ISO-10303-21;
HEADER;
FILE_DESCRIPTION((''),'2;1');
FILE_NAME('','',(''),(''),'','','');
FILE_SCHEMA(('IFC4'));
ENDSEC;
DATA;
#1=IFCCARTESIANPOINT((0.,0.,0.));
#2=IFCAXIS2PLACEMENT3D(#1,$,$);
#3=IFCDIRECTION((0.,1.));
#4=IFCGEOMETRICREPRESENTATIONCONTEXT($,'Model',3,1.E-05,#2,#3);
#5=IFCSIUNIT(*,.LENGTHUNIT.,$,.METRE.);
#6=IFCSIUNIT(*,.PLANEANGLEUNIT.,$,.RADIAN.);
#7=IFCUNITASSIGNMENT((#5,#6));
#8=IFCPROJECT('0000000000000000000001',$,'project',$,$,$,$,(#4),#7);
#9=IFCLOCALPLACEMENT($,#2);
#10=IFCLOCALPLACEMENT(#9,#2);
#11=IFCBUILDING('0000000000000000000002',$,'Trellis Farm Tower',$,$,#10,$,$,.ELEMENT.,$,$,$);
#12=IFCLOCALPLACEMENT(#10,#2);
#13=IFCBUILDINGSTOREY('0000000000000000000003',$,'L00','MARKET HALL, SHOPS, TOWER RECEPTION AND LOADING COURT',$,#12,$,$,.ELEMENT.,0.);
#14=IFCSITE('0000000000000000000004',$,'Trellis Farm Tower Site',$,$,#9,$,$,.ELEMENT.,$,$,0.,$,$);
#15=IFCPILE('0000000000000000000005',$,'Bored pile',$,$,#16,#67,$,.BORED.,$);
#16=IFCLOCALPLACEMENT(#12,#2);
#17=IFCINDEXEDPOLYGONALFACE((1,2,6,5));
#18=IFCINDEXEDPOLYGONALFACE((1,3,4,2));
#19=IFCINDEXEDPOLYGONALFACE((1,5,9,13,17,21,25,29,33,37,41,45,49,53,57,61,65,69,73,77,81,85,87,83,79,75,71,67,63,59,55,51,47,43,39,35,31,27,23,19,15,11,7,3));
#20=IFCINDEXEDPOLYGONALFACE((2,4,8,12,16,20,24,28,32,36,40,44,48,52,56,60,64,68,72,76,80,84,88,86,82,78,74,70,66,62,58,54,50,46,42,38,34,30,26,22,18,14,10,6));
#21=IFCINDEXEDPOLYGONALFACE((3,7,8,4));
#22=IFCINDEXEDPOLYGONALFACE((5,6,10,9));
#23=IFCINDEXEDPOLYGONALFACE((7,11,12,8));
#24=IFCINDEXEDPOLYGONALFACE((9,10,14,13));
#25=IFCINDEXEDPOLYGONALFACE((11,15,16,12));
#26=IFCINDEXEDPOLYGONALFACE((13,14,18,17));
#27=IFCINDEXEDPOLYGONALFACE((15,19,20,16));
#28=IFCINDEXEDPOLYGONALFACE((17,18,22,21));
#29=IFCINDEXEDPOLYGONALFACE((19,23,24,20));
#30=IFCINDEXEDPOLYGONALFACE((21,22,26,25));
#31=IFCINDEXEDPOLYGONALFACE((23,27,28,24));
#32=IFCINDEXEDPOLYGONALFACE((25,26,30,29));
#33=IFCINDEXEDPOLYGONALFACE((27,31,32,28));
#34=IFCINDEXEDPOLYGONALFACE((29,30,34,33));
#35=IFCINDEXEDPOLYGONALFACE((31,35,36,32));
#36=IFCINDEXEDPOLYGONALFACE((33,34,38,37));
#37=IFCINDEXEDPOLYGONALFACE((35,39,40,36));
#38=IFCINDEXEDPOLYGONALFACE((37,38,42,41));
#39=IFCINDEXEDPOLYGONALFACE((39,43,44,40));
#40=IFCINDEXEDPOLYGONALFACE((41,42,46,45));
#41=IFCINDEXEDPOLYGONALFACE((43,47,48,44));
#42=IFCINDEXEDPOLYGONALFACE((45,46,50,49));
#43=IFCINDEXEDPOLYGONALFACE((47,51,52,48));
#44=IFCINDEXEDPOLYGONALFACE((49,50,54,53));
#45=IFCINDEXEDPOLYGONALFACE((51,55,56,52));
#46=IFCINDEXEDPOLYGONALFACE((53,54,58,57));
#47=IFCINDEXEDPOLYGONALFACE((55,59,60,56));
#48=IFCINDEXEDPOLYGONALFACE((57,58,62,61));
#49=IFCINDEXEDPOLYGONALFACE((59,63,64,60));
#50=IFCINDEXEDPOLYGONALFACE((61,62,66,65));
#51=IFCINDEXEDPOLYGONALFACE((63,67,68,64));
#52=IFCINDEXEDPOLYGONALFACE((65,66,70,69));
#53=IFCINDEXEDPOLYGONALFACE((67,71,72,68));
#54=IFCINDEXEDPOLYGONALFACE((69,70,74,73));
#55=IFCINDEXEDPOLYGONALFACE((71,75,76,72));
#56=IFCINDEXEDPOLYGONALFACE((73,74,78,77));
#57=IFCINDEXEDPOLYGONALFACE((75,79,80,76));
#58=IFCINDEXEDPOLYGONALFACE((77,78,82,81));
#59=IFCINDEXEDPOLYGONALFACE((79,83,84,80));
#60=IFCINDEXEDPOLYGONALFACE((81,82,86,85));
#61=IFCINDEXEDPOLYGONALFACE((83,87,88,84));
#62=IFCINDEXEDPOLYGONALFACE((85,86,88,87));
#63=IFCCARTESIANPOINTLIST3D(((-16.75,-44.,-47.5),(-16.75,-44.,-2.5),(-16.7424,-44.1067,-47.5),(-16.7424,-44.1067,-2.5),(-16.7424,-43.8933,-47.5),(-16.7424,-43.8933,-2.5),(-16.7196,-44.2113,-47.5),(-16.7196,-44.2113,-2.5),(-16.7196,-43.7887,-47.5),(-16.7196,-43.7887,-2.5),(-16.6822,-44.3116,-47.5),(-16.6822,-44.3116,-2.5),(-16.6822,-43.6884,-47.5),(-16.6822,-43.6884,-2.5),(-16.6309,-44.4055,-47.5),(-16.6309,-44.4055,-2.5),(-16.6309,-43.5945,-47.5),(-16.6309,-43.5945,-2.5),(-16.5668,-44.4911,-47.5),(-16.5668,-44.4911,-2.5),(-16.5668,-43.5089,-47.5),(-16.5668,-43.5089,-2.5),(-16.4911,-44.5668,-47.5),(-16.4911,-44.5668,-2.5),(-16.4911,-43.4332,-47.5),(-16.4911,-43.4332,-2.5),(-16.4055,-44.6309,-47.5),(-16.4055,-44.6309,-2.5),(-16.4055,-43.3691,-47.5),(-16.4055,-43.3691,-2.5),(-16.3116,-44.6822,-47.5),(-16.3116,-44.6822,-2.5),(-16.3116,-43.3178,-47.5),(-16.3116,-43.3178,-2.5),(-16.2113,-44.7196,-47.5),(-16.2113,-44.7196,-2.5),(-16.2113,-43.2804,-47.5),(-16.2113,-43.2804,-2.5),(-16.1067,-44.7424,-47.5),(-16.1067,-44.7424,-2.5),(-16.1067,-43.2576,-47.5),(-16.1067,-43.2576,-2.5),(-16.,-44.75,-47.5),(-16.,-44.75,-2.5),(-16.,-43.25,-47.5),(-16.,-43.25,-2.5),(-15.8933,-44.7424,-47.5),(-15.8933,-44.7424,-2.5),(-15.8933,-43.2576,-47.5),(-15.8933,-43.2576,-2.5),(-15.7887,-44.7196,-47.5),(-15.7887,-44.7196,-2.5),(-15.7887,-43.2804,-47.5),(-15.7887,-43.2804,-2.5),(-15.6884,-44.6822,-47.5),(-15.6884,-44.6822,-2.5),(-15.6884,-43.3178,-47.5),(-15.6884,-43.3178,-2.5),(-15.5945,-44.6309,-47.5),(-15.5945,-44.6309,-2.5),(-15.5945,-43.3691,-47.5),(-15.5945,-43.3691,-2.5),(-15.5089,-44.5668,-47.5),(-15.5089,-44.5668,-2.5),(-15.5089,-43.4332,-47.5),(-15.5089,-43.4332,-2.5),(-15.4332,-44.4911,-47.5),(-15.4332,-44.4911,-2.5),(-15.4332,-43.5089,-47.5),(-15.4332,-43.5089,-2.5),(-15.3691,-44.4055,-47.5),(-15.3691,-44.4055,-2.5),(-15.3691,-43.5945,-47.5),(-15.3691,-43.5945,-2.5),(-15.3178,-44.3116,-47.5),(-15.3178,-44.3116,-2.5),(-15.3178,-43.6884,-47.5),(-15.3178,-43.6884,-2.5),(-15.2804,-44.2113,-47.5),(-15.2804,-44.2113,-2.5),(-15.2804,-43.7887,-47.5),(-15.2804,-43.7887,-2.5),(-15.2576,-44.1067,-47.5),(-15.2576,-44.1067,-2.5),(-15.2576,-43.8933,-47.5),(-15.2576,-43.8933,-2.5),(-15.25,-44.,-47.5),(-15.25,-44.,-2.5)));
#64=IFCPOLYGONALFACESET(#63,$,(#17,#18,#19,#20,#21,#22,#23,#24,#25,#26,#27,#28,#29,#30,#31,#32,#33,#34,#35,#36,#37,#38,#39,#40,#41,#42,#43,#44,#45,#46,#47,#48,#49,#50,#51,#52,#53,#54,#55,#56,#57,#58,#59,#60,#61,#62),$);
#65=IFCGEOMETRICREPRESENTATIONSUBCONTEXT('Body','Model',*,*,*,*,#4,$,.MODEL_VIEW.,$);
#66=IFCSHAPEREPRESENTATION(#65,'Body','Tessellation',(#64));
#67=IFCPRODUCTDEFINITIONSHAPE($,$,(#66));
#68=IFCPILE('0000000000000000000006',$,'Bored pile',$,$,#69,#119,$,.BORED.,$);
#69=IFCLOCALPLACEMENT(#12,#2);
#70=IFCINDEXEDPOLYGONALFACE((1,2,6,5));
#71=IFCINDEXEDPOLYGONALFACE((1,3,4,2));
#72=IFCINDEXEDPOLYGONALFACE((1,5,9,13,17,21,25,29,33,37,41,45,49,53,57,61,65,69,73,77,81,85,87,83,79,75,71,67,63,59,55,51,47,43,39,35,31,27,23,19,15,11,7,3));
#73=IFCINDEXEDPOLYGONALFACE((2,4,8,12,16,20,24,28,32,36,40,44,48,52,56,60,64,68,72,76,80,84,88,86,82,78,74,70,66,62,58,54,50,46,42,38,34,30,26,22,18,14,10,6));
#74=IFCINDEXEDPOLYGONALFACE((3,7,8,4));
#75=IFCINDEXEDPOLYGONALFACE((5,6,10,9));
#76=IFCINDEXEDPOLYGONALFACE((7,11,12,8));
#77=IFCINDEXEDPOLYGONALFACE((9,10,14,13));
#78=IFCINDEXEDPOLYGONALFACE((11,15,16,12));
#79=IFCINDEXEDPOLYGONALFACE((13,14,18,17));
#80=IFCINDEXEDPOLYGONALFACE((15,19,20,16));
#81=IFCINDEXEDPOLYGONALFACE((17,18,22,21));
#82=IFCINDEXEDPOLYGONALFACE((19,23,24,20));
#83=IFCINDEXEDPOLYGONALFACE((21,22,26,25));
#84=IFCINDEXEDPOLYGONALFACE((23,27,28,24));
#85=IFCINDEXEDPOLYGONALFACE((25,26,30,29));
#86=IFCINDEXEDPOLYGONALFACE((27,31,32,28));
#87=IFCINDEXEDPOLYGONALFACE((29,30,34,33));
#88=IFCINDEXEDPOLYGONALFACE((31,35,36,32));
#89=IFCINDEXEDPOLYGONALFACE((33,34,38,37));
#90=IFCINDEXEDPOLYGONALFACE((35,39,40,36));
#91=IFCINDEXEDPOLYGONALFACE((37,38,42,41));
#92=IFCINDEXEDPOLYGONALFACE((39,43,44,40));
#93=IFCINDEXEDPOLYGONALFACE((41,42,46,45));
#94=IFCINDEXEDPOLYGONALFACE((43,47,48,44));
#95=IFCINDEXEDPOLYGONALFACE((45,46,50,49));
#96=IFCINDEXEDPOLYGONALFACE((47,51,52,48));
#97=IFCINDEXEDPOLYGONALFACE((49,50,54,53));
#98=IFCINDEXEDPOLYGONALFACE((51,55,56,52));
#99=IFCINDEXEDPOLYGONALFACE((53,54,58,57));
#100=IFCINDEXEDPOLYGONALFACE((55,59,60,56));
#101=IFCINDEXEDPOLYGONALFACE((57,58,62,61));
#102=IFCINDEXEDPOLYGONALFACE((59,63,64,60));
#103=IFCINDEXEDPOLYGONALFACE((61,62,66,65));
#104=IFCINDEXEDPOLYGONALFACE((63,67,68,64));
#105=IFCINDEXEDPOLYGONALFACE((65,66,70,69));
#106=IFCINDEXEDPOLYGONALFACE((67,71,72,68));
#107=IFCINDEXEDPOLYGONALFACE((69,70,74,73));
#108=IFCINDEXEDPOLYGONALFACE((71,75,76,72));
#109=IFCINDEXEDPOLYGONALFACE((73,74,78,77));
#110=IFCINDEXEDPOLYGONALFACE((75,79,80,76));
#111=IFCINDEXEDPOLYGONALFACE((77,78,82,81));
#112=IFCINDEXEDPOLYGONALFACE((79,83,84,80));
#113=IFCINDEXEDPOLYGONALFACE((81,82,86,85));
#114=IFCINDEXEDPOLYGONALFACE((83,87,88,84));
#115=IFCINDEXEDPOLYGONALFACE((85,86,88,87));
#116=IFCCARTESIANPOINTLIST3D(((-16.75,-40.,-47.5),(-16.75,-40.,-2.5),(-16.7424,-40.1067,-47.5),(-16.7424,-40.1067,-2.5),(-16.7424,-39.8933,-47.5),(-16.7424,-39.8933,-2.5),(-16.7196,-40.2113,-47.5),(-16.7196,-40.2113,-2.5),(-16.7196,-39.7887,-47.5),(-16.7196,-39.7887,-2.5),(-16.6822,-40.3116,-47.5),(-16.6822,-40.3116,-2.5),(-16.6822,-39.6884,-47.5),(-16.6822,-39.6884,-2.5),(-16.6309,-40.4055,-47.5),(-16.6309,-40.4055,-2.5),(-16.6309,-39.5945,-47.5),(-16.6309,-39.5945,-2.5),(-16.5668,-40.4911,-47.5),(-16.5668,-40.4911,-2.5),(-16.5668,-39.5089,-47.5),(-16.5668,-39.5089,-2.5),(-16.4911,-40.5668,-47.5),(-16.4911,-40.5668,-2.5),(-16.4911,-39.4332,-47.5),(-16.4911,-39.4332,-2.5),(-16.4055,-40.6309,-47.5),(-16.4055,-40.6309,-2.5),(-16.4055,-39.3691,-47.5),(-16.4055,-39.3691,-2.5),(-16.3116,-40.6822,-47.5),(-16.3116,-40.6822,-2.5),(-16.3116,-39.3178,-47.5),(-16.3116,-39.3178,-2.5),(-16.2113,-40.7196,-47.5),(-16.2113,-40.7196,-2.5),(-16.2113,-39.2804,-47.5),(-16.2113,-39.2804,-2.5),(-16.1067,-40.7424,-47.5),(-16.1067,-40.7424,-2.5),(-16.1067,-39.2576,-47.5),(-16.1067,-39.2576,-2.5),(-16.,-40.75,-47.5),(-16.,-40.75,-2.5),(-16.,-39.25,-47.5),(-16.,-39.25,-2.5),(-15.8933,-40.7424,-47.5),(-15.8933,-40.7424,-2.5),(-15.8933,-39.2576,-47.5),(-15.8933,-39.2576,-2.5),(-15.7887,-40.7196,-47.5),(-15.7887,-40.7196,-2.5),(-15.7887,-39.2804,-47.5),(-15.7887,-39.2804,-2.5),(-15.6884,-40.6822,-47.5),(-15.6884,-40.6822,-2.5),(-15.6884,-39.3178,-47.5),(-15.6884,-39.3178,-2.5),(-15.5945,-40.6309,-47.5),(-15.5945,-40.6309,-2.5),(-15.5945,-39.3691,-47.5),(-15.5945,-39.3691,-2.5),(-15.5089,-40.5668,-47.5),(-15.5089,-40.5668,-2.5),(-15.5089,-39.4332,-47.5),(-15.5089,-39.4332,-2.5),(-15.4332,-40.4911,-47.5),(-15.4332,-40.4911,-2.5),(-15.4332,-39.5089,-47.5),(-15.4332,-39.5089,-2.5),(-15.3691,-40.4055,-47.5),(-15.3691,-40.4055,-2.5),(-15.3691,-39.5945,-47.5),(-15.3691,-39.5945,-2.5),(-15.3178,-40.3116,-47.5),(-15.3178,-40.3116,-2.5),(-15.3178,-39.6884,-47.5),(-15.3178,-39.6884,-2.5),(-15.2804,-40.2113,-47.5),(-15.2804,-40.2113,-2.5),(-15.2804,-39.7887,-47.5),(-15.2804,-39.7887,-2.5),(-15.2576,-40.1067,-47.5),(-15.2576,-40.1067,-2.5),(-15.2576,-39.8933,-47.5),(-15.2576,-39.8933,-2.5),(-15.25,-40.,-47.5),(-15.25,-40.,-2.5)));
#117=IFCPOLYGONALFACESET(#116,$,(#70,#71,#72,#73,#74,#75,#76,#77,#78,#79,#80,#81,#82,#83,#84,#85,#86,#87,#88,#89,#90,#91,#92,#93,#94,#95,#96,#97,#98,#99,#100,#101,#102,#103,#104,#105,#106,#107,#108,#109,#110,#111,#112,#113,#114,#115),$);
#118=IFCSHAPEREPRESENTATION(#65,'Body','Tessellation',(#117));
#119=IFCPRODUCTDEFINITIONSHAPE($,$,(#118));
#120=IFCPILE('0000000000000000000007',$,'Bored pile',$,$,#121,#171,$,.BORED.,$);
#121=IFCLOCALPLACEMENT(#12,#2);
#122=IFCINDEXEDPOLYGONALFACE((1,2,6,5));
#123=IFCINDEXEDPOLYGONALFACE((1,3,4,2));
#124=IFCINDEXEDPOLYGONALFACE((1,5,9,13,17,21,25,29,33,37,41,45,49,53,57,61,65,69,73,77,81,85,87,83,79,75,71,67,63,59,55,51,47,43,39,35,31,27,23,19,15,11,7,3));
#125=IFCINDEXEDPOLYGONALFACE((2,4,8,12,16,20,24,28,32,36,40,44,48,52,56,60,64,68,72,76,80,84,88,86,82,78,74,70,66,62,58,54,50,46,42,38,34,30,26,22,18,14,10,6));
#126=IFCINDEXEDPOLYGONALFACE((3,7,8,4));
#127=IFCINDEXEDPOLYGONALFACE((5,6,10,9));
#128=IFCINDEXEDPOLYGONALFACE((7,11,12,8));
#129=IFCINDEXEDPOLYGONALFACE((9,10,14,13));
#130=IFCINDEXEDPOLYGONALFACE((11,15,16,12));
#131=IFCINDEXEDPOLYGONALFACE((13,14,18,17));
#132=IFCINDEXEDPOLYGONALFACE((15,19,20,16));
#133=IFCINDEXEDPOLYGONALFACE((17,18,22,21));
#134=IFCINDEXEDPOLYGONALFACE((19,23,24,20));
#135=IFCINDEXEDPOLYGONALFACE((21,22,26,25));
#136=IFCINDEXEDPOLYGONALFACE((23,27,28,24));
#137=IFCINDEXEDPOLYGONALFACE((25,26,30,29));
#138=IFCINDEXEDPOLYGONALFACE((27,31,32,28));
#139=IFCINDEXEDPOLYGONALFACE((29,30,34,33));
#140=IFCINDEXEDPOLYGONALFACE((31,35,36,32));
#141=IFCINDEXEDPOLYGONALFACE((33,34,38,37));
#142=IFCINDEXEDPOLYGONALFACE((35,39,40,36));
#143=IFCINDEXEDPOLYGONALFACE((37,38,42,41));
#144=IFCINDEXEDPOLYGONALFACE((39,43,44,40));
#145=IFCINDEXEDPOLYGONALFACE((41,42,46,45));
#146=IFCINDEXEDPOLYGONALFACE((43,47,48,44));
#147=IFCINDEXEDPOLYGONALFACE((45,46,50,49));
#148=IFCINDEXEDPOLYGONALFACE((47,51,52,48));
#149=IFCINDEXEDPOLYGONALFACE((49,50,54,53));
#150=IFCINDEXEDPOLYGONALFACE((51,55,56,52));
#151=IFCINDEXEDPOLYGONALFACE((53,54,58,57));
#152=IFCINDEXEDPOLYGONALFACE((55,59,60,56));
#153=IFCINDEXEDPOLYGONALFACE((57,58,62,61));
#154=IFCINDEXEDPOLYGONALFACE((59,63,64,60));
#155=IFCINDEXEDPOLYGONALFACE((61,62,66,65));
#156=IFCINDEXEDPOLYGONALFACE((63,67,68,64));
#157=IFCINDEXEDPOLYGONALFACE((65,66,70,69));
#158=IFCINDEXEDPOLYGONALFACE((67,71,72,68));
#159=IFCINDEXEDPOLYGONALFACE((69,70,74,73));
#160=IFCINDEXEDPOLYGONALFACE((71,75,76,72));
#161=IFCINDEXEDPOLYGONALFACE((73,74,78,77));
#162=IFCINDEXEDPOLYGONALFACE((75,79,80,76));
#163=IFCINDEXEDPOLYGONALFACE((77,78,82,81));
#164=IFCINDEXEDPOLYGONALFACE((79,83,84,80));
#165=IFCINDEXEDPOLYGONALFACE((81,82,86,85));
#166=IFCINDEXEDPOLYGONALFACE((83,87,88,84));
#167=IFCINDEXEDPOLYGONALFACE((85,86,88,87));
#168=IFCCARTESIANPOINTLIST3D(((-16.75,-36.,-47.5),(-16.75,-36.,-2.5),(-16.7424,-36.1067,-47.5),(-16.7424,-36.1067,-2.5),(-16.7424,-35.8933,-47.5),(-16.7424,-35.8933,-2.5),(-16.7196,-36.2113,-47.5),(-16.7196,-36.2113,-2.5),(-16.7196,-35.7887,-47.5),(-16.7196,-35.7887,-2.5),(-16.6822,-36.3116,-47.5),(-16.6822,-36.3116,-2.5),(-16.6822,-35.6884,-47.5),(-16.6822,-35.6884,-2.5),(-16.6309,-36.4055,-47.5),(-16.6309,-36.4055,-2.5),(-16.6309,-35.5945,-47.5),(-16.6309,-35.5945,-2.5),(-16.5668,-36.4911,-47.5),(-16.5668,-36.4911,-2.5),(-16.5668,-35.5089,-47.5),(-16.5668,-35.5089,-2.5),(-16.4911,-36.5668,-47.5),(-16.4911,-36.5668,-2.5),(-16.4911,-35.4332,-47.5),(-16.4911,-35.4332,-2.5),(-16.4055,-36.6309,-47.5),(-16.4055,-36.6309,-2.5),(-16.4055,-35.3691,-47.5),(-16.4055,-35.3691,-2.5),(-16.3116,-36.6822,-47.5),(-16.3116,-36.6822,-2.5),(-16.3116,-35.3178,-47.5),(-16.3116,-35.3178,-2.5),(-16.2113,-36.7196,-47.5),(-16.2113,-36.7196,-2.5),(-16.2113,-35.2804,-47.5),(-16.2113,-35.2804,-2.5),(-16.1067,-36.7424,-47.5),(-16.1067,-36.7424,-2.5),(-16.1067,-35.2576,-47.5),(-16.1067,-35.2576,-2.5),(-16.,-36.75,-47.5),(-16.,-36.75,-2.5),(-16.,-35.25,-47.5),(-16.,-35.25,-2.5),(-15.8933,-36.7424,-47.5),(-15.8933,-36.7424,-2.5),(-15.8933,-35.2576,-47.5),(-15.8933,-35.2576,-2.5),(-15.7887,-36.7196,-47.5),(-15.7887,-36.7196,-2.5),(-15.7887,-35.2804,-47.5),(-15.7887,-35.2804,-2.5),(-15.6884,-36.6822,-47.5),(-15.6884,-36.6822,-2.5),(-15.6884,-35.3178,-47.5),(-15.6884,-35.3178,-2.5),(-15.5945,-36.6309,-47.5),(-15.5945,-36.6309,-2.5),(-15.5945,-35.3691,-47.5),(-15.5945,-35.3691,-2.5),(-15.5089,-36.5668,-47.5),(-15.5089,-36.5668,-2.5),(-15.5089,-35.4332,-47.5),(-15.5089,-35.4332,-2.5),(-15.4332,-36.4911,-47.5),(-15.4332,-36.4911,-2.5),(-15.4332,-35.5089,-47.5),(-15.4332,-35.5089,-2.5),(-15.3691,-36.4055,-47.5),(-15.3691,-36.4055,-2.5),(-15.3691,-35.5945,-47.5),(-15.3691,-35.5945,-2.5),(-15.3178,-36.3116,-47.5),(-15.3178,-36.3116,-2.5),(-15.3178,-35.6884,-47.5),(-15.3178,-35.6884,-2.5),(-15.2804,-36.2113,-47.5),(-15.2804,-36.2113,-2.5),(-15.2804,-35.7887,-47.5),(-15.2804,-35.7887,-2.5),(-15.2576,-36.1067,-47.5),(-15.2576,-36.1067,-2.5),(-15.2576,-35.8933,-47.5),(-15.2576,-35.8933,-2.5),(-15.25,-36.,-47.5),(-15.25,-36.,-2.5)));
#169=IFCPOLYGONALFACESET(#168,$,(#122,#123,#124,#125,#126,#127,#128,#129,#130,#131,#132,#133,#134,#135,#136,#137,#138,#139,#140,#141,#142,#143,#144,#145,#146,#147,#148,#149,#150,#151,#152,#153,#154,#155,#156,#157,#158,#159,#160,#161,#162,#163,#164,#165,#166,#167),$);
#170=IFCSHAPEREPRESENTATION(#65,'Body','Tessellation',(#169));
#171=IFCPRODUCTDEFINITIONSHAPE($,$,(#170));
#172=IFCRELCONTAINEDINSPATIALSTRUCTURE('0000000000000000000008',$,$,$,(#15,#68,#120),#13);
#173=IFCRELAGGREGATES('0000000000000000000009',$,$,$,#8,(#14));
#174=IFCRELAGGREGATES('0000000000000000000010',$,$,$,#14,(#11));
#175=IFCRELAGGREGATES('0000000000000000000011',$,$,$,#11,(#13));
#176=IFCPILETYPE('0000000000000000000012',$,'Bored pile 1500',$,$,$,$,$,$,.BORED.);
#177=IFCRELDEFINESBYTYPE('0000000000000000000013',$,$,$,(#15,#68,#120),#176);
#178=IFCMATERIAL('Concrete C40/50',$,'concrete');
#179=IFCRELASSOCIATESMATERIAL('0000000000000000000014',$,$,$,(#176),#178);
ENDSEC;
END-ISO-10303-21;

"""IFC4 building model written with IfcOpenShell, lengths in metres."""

from ifc_helpers import new_model, si_unit, direction, frame, origin, origin_2d, place, context, subcontext, project, spatial, circle, extrude, source, transform, mapped, material, material_profile, profile_set, type_object, element, save


model = new_model("IFC4")

# Units and contexts
model_context = context("Model", 3, precision=1e-05, world=origin(), true_north=direction((0.0, 1.0)))
body_context = subcontext(model_context, "Body", "Model", "MODEL_VIEW")
ifc_project = project(units=[si_unit("LENGTHUNIT", "METRE"), si_unit("PLANEANGLEUNIT", "RADIAN")], contexts=[model_context])

# Site, building, storey
site_placement = place(None, origin())
site = spatial("IfcSite", under=ifc_project, at=site_placement, Name="Trellis Farm Tower Site", CompositionType="ELEMENT", RefElevation=0.0)
building_placement = place(site_placement, origin())
building = spatial("IfcBuilding", under=site, at=building_placement, Name="Trellis Farm Tower", CompositionType="ELEMENT")
storey_placement = place(building_placement, origin())
storey = spatial("IfcBuildingStorey", under=building, at=storey_placement, Name="L00", Description="MARKET HALL, SHOPS, TOWER RECEPTION AND LOADING COURT", CompositionType="ELEMENT", Elevation=0.0)

# Piles
ifc_material_1 = material(Name="Concrete C40/50", Category="concrete")
ifc_material_profile_1 = material_profile(ifc_material_1, circle(Radius=0.75, at=origin_2d()), Name="Bored pile 1500")
ifc_profile_set_1 = profile_set([ifc_material_profile_1], Name="Concrete C40/50")
pile_type = type_object("IfcPileType", Name="Bored pile 1500", PredefinedType="BORED", material=ifc_profile_set_1)
shared_shape_1 = source(origin(), body_context, "Body", "SweptSolid", [
    extrude(circle(Radius=0.75, at=origin_2d()), origin(), (0.0, 0.0, 1.0), 45.0),
])
for number, where, z_axis, x_axis, name in (
    (1, (-16.0, -44.0, -2.5), (0.0, 0.0, -1.0), (1.0, 0.0, 0.0), "Bored pile"),
    (2, (-16.0, -40.0, -2.5), (0.0, 0.0, -1.0), (1.0, 0.0, 0.0), "Bored pile"),
    (3, (-16.0, -36.0, -2.5), (0.0, 0.0, -1.0), (1.0, 0.0, 0.0), "Bored pile"),
):
    element("IfcPile", number, at=place(storey_placement, frame(where, z_axis=z_axis, x_axis=x_axis)), inside=storey, type_object=pile_type, Name=name, PredefinedType="BORED", context=body_context, shape_type="MappedRepresentation", body=[
        mapped(shared_shape_1, transform((0.0, 0.0, 0.0))),
    ])

save(model, "model.ifc")
